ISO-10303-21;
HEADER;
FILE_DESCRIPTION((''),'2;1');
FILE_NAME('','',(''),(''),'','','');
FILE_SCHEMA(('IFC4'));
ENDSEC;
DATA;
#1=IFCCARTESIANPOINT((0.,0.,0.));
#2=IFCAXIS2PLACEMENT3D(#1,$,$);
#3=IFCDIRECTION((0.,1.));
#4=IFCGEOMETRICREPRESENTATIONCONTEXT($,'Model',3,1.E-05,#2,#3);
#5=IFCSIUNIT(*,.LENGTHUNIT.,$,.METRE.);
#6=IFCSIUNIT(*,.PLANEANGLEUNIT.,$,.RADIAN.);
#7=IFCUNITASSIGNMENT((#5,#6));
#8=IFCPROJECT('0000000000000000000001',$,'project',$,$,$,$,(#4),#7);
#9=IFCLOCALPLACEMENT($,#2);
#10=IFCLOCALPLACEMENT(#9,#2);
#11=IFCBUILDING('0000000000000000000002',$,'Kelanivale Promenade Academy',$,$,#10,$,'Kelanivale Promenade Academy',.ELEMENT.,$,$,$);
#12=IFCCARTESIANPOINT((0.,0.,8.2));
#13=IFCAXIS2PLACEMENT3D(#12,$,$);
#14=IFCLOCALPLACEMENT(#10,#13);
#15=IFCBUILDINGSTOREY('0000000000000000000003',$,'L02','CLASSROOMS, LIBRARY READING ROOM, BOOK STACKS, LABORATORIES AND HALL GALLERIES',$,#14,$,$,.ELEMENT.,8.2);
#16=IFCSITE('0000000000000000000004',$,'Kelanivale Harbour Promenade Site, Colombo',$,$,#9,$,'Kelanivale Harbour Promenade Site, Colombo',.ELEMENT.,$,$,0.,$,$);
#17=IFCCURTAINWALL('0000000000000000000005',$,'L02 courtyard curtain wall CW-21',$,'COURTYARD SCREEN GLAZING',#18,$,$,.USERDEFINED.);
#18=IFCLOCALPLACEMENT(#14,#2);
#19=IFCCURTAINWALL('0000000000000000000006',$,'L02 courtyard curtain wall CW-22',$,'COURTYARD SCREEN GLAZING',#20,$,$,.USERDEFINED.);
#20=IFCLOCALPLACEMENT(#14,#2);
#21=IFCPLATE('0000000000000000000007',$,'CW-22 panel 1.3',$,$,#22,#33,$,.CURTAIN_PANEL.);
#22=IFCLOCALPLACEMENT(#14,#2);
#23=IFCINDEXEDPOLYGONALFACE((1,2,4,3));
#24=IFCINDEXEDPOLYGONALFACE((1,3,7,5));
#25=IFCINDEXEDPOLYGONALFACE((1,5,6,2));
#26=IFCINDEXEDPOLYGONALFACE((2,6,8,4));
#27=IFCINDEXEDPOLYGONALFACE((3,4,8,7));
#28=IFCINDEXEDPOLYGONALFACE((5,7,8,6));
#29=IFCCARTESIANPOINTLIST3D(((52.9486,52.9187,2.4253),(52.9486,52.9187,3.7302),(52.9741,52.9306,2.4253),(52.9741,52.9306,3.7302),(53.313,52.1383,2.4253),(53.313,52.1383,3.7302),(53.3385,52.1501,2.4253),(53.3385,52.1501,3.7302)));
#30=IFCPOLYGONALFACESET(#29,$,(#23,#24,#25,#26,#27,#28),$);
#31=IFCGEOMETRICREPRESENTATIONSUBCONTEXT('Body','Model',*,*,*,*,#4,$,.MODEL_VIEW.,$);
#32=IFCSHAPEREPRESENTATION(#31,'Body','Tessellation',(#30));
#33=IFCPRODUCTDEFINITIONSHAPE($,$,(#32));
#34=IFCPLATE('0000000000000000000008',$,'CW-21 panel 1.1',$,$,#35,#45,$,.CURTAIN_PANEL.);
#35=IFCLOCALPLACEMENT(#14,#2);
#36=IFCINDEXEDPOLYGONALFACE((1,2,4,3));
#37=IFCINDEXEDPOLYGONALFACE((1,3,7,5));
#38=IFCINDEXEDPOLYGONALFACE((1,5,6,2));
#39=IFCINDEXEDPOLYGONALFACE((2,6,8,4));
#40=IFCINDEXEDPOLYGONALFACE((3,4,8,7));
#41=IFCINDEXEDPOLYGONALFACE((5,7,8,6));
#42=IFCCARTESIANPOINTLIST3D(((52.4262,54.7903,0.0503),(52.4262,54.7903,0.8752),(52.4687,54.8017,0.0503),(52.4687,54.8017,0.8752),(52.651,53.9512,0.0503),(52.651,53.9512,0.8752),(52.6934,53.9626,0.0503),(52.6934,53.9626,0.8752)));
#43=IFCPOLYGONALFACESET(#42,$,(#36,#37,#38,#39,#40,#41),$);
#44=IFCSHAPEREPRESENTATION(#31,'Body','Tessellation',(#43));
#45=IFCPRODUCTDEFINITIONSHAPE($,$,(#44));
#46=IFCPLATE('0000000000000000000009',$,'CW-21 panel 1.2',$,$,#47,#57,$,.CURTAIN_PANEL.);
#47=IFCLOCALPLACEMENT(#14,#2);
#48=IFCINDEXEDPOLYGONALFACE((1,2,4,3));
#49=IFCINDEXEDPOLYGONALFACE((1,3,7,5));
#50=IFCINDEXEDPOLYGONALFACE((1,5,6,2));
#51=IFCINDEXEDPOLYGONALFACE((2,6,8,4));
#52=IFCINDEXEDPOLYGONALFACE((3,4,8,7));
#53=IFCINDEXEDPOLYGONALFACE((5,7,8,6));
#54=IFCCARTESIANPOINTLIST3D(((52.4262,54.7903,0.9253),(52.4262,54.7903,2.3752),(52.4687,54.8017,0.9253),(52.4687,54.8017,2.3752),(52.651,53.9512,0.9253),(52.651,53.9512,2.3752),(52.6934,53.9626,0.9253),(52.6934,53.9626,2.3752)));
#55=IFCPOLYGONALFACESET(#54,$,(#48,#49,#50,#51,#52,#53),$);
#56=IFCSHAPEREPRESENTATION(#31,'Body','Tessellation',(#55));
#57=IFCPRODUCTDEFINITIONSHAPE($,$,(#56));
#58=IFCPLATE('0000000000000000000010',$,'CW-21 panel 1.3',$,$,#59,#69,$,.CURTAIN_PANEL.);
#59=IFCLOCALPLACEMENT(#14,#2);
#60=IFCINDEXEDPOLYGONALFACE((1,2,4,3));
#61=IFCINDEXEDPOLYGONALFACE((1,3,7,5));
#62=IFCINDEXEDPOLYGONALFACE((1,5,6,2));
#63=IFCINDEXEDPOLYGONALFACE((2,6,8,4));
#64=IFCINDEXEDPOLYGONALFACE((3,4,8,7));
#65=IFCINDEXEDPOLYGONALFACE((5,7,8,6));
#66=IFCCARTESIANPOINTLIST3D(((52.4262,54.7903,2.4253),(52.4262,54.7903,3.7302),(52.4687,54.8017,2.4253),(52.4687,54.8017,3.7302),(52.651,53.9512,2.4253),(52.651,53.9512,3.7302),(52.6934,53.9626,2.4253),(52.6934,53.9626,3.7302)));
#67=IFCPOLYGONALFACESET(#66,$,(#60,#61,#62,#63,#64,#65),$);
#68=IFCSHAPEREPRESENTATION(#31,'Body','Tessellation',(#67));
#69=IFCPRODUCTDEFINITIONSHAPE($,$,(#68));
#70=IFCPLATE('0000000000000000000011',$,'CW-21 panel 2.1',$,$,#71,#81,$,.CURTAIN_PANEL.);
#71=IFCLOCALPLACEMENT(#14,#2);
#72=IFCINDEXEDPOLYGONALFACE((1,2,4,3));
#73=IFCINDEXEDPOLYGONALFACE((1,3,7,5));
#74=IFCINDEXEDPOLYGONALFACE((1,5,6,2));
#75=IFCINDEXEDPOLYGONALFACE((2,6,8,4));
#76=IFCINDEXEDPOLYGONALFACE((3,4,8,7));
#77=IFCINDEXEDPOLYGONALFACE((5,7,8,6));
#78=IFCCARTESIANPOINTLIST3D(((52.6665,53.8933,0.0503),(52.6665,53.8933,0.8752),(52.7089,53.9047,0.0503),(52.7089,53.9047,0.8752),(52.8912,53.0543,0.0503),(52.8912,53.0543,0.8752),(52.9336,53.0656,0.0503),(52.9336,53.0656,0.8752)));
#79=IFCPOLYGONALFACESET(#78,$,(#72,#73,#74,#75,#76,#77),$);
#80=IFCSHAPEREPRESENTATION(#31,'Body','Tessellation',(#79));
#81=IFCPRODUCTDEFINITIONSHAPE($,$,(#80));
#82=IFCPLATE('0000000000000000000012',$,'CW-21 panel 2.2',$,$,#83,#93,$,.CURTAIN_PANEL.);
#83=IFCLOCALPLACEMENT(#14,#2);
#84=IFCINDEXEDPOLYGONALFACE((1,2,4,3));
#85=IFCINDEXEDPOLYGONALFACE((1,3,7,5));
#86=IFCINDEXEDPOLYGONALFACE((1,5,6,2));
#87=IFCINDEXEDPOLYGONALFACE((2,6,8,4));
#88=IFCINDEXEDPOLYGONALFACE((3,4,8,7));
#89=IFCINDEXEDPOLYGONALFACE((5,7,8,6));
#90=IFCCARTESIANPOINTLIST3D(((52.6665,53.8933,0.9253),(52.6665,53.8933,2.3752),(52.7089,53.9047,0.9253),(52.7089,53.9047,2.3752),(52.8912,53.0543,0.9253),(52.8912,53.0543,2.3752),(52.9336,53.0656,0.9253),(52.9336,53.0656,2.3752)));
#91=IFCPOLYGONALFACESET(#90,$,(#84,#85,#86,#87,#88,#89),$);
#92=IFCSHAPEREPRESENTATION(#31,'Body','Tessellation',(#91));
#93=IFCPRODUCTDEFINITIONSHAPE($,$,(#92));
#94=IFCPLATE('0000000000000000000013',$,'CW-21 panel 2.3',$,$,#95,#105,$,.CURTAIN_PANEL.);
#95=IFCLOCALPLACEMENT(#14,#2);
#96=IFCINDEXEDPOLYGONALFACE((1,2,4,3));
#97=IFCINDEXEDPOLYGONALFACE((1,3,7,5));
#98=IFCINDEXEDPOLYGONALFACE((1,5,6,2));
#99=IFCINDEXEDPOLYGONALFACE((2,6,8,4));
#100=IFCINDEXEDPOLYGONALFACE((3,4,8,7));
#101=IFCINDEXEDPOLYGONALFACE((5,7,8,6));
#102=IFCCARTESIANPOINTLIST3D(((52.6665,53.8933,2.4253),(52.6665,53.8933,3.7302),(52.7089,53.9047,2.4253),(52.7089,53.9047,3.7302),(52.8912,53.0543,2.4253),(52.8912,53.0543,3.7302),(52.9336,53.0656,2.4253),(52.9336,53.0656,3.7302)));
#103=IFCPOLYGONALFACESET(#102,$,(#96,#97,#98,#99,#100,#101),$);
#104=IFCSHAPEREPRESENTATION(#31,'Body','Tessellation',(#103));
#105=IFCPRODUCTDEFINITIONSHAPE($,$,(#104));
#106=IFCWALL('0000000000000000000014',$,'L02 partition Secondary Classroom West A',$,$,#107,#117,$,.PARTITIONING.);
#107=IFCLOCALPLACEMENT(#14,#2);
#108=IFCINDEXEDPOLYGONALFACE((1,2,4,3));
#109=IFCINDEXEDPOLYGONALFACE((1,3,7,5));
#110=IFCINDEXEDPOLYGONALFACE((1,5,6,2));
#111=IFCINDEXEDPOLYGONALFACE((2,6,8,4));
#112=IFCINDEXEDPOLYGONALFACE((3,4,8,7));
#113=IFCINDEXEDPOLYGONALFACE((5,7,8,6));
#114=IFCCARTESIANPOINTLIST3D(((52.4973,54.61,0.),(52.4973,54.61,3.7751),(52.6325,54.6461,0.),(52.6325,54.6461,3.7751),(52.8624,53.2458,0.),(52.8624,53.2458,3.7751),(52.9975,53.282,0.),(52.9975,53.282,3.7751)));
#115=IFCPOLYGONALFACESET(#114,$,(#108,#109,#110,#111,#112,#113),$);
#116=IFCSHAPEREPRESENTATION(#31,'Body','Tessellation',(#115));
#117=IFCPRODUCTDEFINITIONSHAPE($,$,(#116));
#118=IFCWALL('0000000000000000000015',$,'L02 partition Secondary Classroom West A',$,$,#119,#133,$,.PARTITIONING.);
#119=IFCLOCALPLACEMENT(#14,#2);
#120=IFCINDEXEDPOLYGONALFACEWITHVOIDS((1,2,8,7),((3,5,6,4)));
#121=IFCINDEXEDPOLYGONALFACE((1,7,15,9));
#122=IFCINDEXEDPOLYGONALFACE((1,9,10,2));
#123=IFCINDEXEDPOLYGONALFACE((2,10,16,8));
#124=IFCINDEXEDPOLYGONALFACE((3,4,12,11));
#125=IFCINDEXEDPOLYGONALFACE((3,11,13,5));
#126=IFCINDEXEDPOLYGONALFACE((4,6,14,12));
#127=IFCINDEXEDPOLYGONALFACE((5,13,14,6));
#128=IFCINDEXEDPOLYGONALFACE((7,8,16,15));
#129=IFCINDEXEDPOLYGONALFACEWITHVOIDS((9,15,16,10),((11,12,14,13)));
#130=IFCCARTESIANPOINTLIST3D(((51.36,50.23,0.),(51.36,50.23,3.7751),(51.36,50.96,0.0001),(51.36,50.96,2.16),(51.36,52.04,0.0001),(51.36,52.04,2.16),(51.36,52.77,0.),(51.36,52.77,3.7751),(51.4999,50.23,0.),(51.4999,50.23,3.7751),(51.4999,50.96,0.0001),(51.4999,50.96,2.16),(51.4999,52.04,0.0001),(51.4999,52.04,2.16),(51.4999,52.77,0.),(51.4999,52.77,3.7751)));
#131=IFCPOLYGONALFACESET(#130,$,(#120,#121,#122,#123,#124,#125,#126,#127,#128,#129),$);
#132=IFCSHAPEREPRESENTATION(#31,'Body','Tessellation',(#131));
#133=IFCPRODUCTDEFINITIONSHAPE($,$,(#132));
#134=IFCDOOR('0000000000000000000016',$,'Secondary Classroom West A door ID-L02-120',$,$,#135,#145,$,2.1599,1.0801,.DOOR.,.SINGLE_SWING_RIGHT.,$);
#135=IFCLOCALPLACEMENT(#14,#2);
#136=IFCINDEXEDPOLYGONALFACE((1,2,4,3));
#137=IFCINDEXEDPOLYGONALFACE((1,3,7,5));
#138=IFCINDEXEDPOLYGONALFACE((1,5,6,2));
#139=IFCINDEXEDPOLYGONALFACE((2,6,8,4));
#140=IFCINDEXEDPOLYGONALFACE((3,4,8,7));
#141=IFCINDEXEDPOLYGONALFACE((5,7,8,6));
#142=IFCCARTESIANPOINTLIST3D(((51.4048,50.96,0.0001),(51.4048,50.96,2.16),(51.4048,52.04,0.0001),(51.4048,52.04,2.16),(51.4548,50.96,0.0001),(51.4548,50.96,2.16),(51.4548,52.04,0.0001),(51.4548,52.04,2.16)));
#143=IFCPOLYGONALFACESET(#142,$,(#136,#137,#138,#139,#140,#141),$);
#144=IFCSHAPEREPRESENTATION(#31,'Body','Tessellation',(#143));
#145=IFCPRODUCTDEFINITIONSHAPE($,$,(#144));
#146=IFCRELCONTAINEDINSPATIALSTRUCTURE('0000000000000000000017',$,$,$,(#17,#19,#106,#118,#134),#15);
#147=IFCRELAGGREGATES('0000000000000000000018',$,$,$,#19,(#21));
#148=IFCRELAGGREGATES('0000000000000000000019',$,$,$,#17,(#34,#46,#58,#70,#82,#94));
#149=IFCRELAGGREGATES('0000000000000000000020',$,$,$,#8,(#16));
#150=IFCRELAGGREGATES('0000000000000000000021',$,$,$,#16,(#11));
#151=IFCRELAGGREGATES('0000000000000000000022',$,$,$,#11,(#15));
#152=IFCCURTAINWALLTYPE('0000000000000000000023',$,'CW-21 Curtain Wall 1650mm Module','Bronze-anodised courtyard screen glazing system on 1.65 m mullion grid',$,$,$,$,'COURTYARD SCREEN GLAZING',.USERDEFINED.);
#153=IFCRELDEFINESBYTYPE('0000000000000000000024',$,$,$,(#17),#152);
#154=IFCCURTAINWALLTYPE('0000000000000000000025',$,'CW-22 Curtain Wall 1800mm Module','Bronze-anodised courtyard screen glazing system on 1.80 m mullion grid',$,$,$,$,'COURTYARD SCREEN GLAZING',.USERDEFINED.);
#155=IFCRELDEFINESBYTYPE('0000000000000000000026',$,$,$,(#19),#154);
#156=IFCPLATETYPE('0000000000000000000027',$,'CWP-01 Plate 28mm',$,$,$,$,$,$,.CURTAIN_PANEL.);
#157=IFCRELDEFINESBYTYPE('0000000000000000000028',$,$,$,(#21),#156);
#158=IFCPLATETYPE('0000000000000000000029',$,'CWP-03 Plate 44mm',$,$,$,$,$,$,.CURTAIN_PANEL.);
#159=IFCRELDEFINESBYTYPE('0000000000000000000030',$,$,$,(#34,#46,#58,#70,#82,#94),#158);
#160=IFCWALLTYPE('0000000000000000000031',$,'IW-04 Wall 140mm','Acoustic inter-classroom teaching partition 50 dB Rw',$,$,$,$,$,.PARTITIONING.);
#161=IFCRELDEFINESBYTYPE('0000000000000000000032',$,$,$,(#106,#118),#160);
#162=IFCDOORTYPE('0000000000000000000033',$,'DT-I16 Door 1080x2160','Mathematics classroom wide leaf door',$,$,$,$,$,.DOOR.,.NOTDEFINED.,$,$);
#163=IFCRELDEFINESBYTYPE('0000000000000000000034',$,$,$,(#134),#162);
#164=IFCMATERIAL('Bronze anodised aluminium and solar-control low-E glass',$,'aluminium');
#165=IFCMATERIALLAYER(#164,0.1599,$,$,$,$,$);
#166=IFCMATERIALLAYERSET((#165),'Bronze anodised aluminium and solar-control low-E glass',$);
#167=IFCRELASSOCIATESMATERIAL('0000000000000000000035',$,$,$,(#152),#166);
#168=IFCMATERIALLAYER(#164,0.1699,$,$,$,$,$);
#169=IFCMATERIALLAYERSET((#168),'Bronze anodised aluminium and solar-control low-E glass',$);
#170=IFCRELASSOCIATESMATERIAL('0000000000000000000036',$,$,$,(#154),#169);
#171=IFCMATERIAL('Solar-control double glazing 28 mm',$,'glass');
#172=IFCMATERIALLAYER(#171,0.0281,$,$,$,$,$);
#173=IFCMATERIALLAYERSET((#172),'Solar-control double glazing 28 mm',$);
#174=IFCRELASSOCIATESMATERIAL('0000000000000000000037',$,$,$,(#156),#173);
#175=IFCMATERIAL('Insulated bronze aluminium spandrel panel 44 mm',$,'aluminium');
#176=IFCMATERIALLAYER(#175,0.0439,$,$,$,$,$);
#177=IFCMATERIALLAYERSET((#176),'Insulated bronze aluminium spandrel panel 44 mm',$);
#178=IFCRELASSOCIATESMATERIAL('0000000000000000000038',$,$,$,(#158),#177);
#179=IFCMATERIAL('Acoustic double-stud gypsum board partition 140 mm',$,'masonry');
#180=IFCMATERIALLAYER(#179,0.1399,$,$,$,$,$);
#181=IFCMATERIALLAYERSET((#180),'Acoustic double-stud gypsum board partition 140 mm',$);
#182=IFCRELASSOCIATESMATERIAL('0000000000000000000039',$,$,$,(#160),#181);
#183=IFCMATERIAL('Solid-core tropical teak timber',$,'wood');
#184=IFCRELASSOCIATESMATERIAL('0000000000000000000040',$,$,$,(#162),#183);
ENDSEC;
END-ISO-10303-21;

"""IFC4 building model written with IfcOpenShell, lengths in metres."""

from ifc_helpers import new_model, si_unit, direction, frame, frame_2d, origin, origin_2d, place, context, subcontext, project, spatial, rectangle, extrude, material, layer, layer_set, type_object, element, fill, aggregate, save


model = new_model("IFC4")

# Units and contexts
model_context = context("Model", 3, precision=1e-05, world=origin(), true_north=direction((0.0, 1.0)))
body_context = subcontext(model_context, "Body", "Model", "MODEL_VIEW")
ifc_project = project(units=[si_unit("LENGTHUNIT", "METRE"), si_unit("PLANEANGLEUNIT", "RADIAN")], contexts=[model_context])

# Site, building, storey
site_placement = place(None, origin())
site = spatial("IfcSite", under=ifc_project, at=site_placement, Name="Kelanivale Harbour Promenade Site, Colombo", LongName="Kelanivale Harbour Promenade Site, Colombo", CompositionType="ELEMENT", RefElevation=0.0)
building_placement = place(site_placement, origin())
building = spatial("IfcBuilding", under=site, at=building_placement, Name="Kelanivale Promenade Academy", LongName="Kelanivale Promenade Academy", CompositionType="ELEMENT")
storey_placement = place(building_placement, frame((0.0, 0.0, 8.2)))
storey = spatial("IfcBuildingStorey", under=building, at=storey_placement, Name="L02", Description="CLASSROOMS, LIBRARY READING ROOM, BOOK STACKS, LABORATORIES AND HALL GALLERIES", CompositionType="ELEMENT", Elevation=8.2)

# Curtain walls
ifc_material_1 = material(Name="Bronze anodised aluminium and solar-control low-E glass", Category="aluminium")
ifc_layer_1 = layer(ifc_material_1, 0.1599)
ifc_layer_set_1 = layer_set([ifc_layer_1], Name="Bronze anodised aluminium and solar-control low-E glass")
curtain_wall_type_1 = type_object("IfcCurtainWallType", Name="CW-21 Curtain Wall 1650mm Module", Description="Bronze-anodised courtyard screen glazing system on 1.65 m mullion grid", ElementType="COURTYARD SCREEN GLAZING", PredefinedType="USERDEFINED", material=ifc_layer_set_1)
curtain_wall_1_placement = place(storey_placement, origin())
curtain_wall_1 = element("IfcCurtainWall", 1, at=curtain_wall_1_placement, inside=storey, type_object=curtain_wall_type_1, Name="L02 courtyard curtain wall CW-21", ObjectType="COURTYARD SCREEN GLAZING", PredefinedType="USERDEFINED")
ifc_layer_2 = layer(ifc_material_1, 0.1699)
ifc_layer_set_2 = layer_set([ifc_layer_2], Name="Bronze anodised aluminium and solar-control low-E glass")
curtain_wall_type_2 = type_object("IfcCurtainWallType", Name="CW-22 Curtain Wall 1800mm Module", Description="Bronze-anodised courtyard screen glazing system on 1.80 m mullion grid", ElementType="COURTYARD SCREEN GLAZING", PredefinedType="USERDEFINED", material=ifc_layer_set_2)
curtain_wall_2_placement = place(storey_placement, origin())
curtain_wall_2 = element("IfcCurtainWall", 2, at=curtain_wall_2_placement, inside=storey, type_object=curtain_wall_type_2, Name="L02 courtyard curtain wall CW-22", ObjectType="COURTYARD SCREEN GLAZING", PredefinedType="USERDEFINED")

# Plates
ifc_material_2 = material(Name="Solar-control double glazing 28 mm", Category="glass")
ifc_layer_3 = layer(ifc_material_2, 0.0281)
ifc_layer_set_3 = layer_set([ifc_layer_3], Name="Solar-control double glazing 28 mm")
plate_type_1 = type_object("IfcPlateType", Name="CWP-01 Plate 28mm", PredefinedType="CURTAIN_PANEL", material=ifc_layer_set_3)
plate_1_placement = place(storey_placement, frame((53.1436, 52.5344, 2.4253), z_axis=(0.0, 0.0, 1.0), x_axis=(0.423087, -0.906089, 0.0)))
plate_1 = element("IfcPlate", 3, at=plate_1_placement, type_object=plate_type_1, Name="CW-22 panel 1.3", PredefinedType="CURTAIN_PANEL", context=body_context, shape_type="SweptSolid", body=[
    extrude(rectangle(XDim=0.8613, YDim=0.0281, at=origin_2d()), origin(), (0.0, 0.0, 1.0), 1.3049),
])
aggregate(curtain_wall_2, [plate_1])
ifc_material_3 = material(Name="Insulated bronze aluminium spandrel panel 44 mm", Category="aluminium")
ifc_layer_4 = layer(ifc_material_3, 0.0439)
ifc_layer_set_4 = layer_set([ifc_layer_4], Name="Insulated bronze aluminium spandrel panel 44 mm")
plate_type_2 = type_object("IfcPlateType", Name="CWP-03 Plate 44mm", PredefinedType="CURTAIN_PANEL", material=ifc_layer_set_4)
plate_2_placement = place(storey_placement, frame((52.5598, 54.3765, 0.0503), z_axis=(0.0, 0.0, 1.0), x_axis=(0.258701, -0.965957, 0.0)))
plate_2 = element("IfcPlate", 4, at=plate_2_placement, type_object=plate_type_2, Name="CW-21 panel 1.1", PredefinedType="CURTAIN_PANEL", context=body_context, shape_type="SweptSolid", body=[
    extrude(rectangle(XDim=0.8687, YDim=0.0439, at=origin_2d()), origin(), (0.0, 0.0, 1.0), 0.825),
])
plate_3_placement = place(storey_placement, frame((52.5598, 54.3765, 0.9253), z_axis=(0.0, 0.0, 1.0), x_axis=(0.258701, -0.965957, 0.0)))
plate_3 = element("IfcPlate", 5, at=plate_3_placement, type_object=plate_type_2, Name="CW-21 panel 1.2", PredefinedType="CURTAIN_PANEL", context=body_context, shape_type="SweptSolid", body=[
    extrude(rectangle(XDim=0.8687, YDim=0.0439, at=origin_2d()), origin(), (0.0, 0.0, 1.0), 1.45),
])
plate_4_placement = place(storey_placement, frame((52.5598, 54.3765, 2.4253), z_axis=(0.0, 0.0, 1.0), x_axis=(0.258701, -0.965957, 0.0)))
plate_4 = element("IfcPlate", 6, at=plate_4_placement, type_object=plate_type_2, Name="CW-21 panel 1.3", PredefinedType="CURTAIN_PANEL", context=body_context, shape_type="SweptSolid", body=[
    extrude(rectangle(XDim=0.8687, YDim=0.0439, at=origin_2d()), origin(), (0.0, 0.0, 1.0), 1.3049),
])
plate_5_placement = place(storey_placement, frame((52.8, 53.4795, 0.0503), z_axis=(0.0, 0.0, 1.0), x_axis=(0.258701, -0.965957, 0.0)))
plate_5 = element("IfcPlate", 7, at=plate_5_placement, type_object=plate_type_2, Name="CW-21 panel 2.1", PredefinedType="CURTAIN_PANEL", context=body_context, shape_type="SweptSolid", body=[
    extrude(rectangle(XDim=0.8687, YDim=0.0439, at=origin_2d()), origin(), (0.0, 0.0, 1.0), 0.825),
])
plate_6_placement = place(storey_placement, frame((52.8, 53.4795, 0.9253), z_axis=(0.0, 0.0, 1.0), x_axis=(0.258701, -0.965957, 0.0)))
plate_6 = element("IfcPlate", 8, at=plate_6_placement, type_object=plate_type_2, Name="CW-21 panel 2.2", PredefinedType="CURTAIN_PANEL", context=body_context, shape_type="SweptSolid", body=[
    extrude(rectangle(XDim=0.8687, YDim=0.0439, at=origin_2d()), origin(), (0.0, 0.0, 1.0), 1.45),
])
plate_7_placement = place(storey_placement, frame((52.8, 53.4795, 2.4253), z_axis=(0.0, 0.0, 1.0), x_axis=(0.258701, -0.965957, 0.0)))
plate_7 = element("IfcPlate", 9, at=plate_7_placement, type_object=plate_type_2, Name="CW-21 panel 2.3", PredefinedType="CURTAIN_PANEL", context=body_context, shape_type="SweptSolid", body=[
    extrude(rectangle(XDim=0.8687, YDim=0.0439, at=origin_2d()), origin(), (0.0, 0.0, 1.0), 1.3049),
])
aggregate(curtain_wall_1, [plate_2, plate_3, plate_4, plate_5, plate_6, plate_7])

# Wall
ifc_material_4 = material(Name="Acoustic double-stud gypsum board partition 140 mm", Category="masonry")
ifc_layer_5 = layer(ifc_material_4, 0.1399)
ifc_layer_set_5 = layer_set([ifc_layer_5], Name="Acoustic double-stud gypsum board partition 140 mm")
wall_type = type_object("IfcWallType", Name="IW-04 Wall 140mm", Description="Acoustic inter-classroom teaching partition 50 dB Rw", PredefinedType="PARTITIONING", material=ifc_layer_set_5)
wall_1_placement = place(storey_placement, frame((52.9299, 53.2639, 0.0), z_axis=(0.0, 0.0, 1.0), x_axis=(-0.258491, 0.966014, 0.0)))
element("IfcWall", 10, at=wall_1_placement, inside=storey, type_object=wall_type, Name="L02 partition Secondary Classroom West A", PredefinedType="PARTITIONING", context=body_context, shape_type="SweptSolid", body=[
    extrude(rectangle(XDim=1.4121, YDim=0.1399, at=frame_2d((0.7061, 0.0))), origin(), (0.0, 0.0, 1.0), 3.7751),
])

# Wall, opening, door
wall_2_placement = place(storey_placement, frame((51.4299, 52.77, 0.0), z_axis=(0.0, 0.0, 1.0), x_axis=(0.0, -1.0, 0.0)))
wall_2 = element("IfcWall", 11, at=wall_2_placement, inside=storey, type_object=wall_type, Name="L02 partition Secondary Classroom West A", PredefinedType="PARTITIONING", context=body_context, shape_type="SweptSolid", body=[
    extrude(rectangle(XDim=2.54, YDim=0.1399, at=frame_2d((1.27, 0.0))), origin(), (0.0, 0.0, 1.0), 3.7751),
])
opening_placement = place(wall_2_placement, frame((0.73, 0.0, 0.0)))
opening = element("IfcOpeningElement", 12, at=opening_placement, cuts=wall_2, PredefinedType="OPENING", context=body_context, shape_type="SweptSolid", body=[
    extrude(rectangle(XDim=1.0801, YDim=2.1599, at=frame_2d((0.54, 1.0801))), frame((0.0, 0.0801, 0.0), z_axis=(0.0, -1.0, 0.0), x_axis=(1.0, 0.0, 0.0)), (0.0, 0.0, 1.0), 0.1599),
])
ifc_material_5 = material(Name="Solid-core tropical teak timber", Category="wood")
door_type = type_object("IfcDoorType", Name="DT-I16 Door 1080x2160", Description="Mathematics classroom wide leaf door", OperationType="NOTDEFINED", PredefinedType="DOOR", material=ifc_material_5)
door_placement = place(opening_placement, origin())
door = element("IfcDoor", 13, at=door_placement, inside=storey, type_object=door_type, Name="Secondary Classroom West A door ID-L02-120", OperationType="SINGLE_SWING_RIGHT", OverallHeight=2.1599, OverallWidth=1.0801, PredefinedType="DOOR", context=body_context, shape_type="SweptSolid", body=[
    extrude(rectangle(XDim=1.0801, YDim=2.1599, at=frame_2d((0.54, 1.0801))), frame((0.0, 0.0249, 0.0), z_axis=(0.0, -1.0, 0.0), x_axis=(1.0, 0.0, 0.0)), (0.0, 0.0, 1.0), 0.05),
])
fill(opening, door)

save(model, "model.ifc")
